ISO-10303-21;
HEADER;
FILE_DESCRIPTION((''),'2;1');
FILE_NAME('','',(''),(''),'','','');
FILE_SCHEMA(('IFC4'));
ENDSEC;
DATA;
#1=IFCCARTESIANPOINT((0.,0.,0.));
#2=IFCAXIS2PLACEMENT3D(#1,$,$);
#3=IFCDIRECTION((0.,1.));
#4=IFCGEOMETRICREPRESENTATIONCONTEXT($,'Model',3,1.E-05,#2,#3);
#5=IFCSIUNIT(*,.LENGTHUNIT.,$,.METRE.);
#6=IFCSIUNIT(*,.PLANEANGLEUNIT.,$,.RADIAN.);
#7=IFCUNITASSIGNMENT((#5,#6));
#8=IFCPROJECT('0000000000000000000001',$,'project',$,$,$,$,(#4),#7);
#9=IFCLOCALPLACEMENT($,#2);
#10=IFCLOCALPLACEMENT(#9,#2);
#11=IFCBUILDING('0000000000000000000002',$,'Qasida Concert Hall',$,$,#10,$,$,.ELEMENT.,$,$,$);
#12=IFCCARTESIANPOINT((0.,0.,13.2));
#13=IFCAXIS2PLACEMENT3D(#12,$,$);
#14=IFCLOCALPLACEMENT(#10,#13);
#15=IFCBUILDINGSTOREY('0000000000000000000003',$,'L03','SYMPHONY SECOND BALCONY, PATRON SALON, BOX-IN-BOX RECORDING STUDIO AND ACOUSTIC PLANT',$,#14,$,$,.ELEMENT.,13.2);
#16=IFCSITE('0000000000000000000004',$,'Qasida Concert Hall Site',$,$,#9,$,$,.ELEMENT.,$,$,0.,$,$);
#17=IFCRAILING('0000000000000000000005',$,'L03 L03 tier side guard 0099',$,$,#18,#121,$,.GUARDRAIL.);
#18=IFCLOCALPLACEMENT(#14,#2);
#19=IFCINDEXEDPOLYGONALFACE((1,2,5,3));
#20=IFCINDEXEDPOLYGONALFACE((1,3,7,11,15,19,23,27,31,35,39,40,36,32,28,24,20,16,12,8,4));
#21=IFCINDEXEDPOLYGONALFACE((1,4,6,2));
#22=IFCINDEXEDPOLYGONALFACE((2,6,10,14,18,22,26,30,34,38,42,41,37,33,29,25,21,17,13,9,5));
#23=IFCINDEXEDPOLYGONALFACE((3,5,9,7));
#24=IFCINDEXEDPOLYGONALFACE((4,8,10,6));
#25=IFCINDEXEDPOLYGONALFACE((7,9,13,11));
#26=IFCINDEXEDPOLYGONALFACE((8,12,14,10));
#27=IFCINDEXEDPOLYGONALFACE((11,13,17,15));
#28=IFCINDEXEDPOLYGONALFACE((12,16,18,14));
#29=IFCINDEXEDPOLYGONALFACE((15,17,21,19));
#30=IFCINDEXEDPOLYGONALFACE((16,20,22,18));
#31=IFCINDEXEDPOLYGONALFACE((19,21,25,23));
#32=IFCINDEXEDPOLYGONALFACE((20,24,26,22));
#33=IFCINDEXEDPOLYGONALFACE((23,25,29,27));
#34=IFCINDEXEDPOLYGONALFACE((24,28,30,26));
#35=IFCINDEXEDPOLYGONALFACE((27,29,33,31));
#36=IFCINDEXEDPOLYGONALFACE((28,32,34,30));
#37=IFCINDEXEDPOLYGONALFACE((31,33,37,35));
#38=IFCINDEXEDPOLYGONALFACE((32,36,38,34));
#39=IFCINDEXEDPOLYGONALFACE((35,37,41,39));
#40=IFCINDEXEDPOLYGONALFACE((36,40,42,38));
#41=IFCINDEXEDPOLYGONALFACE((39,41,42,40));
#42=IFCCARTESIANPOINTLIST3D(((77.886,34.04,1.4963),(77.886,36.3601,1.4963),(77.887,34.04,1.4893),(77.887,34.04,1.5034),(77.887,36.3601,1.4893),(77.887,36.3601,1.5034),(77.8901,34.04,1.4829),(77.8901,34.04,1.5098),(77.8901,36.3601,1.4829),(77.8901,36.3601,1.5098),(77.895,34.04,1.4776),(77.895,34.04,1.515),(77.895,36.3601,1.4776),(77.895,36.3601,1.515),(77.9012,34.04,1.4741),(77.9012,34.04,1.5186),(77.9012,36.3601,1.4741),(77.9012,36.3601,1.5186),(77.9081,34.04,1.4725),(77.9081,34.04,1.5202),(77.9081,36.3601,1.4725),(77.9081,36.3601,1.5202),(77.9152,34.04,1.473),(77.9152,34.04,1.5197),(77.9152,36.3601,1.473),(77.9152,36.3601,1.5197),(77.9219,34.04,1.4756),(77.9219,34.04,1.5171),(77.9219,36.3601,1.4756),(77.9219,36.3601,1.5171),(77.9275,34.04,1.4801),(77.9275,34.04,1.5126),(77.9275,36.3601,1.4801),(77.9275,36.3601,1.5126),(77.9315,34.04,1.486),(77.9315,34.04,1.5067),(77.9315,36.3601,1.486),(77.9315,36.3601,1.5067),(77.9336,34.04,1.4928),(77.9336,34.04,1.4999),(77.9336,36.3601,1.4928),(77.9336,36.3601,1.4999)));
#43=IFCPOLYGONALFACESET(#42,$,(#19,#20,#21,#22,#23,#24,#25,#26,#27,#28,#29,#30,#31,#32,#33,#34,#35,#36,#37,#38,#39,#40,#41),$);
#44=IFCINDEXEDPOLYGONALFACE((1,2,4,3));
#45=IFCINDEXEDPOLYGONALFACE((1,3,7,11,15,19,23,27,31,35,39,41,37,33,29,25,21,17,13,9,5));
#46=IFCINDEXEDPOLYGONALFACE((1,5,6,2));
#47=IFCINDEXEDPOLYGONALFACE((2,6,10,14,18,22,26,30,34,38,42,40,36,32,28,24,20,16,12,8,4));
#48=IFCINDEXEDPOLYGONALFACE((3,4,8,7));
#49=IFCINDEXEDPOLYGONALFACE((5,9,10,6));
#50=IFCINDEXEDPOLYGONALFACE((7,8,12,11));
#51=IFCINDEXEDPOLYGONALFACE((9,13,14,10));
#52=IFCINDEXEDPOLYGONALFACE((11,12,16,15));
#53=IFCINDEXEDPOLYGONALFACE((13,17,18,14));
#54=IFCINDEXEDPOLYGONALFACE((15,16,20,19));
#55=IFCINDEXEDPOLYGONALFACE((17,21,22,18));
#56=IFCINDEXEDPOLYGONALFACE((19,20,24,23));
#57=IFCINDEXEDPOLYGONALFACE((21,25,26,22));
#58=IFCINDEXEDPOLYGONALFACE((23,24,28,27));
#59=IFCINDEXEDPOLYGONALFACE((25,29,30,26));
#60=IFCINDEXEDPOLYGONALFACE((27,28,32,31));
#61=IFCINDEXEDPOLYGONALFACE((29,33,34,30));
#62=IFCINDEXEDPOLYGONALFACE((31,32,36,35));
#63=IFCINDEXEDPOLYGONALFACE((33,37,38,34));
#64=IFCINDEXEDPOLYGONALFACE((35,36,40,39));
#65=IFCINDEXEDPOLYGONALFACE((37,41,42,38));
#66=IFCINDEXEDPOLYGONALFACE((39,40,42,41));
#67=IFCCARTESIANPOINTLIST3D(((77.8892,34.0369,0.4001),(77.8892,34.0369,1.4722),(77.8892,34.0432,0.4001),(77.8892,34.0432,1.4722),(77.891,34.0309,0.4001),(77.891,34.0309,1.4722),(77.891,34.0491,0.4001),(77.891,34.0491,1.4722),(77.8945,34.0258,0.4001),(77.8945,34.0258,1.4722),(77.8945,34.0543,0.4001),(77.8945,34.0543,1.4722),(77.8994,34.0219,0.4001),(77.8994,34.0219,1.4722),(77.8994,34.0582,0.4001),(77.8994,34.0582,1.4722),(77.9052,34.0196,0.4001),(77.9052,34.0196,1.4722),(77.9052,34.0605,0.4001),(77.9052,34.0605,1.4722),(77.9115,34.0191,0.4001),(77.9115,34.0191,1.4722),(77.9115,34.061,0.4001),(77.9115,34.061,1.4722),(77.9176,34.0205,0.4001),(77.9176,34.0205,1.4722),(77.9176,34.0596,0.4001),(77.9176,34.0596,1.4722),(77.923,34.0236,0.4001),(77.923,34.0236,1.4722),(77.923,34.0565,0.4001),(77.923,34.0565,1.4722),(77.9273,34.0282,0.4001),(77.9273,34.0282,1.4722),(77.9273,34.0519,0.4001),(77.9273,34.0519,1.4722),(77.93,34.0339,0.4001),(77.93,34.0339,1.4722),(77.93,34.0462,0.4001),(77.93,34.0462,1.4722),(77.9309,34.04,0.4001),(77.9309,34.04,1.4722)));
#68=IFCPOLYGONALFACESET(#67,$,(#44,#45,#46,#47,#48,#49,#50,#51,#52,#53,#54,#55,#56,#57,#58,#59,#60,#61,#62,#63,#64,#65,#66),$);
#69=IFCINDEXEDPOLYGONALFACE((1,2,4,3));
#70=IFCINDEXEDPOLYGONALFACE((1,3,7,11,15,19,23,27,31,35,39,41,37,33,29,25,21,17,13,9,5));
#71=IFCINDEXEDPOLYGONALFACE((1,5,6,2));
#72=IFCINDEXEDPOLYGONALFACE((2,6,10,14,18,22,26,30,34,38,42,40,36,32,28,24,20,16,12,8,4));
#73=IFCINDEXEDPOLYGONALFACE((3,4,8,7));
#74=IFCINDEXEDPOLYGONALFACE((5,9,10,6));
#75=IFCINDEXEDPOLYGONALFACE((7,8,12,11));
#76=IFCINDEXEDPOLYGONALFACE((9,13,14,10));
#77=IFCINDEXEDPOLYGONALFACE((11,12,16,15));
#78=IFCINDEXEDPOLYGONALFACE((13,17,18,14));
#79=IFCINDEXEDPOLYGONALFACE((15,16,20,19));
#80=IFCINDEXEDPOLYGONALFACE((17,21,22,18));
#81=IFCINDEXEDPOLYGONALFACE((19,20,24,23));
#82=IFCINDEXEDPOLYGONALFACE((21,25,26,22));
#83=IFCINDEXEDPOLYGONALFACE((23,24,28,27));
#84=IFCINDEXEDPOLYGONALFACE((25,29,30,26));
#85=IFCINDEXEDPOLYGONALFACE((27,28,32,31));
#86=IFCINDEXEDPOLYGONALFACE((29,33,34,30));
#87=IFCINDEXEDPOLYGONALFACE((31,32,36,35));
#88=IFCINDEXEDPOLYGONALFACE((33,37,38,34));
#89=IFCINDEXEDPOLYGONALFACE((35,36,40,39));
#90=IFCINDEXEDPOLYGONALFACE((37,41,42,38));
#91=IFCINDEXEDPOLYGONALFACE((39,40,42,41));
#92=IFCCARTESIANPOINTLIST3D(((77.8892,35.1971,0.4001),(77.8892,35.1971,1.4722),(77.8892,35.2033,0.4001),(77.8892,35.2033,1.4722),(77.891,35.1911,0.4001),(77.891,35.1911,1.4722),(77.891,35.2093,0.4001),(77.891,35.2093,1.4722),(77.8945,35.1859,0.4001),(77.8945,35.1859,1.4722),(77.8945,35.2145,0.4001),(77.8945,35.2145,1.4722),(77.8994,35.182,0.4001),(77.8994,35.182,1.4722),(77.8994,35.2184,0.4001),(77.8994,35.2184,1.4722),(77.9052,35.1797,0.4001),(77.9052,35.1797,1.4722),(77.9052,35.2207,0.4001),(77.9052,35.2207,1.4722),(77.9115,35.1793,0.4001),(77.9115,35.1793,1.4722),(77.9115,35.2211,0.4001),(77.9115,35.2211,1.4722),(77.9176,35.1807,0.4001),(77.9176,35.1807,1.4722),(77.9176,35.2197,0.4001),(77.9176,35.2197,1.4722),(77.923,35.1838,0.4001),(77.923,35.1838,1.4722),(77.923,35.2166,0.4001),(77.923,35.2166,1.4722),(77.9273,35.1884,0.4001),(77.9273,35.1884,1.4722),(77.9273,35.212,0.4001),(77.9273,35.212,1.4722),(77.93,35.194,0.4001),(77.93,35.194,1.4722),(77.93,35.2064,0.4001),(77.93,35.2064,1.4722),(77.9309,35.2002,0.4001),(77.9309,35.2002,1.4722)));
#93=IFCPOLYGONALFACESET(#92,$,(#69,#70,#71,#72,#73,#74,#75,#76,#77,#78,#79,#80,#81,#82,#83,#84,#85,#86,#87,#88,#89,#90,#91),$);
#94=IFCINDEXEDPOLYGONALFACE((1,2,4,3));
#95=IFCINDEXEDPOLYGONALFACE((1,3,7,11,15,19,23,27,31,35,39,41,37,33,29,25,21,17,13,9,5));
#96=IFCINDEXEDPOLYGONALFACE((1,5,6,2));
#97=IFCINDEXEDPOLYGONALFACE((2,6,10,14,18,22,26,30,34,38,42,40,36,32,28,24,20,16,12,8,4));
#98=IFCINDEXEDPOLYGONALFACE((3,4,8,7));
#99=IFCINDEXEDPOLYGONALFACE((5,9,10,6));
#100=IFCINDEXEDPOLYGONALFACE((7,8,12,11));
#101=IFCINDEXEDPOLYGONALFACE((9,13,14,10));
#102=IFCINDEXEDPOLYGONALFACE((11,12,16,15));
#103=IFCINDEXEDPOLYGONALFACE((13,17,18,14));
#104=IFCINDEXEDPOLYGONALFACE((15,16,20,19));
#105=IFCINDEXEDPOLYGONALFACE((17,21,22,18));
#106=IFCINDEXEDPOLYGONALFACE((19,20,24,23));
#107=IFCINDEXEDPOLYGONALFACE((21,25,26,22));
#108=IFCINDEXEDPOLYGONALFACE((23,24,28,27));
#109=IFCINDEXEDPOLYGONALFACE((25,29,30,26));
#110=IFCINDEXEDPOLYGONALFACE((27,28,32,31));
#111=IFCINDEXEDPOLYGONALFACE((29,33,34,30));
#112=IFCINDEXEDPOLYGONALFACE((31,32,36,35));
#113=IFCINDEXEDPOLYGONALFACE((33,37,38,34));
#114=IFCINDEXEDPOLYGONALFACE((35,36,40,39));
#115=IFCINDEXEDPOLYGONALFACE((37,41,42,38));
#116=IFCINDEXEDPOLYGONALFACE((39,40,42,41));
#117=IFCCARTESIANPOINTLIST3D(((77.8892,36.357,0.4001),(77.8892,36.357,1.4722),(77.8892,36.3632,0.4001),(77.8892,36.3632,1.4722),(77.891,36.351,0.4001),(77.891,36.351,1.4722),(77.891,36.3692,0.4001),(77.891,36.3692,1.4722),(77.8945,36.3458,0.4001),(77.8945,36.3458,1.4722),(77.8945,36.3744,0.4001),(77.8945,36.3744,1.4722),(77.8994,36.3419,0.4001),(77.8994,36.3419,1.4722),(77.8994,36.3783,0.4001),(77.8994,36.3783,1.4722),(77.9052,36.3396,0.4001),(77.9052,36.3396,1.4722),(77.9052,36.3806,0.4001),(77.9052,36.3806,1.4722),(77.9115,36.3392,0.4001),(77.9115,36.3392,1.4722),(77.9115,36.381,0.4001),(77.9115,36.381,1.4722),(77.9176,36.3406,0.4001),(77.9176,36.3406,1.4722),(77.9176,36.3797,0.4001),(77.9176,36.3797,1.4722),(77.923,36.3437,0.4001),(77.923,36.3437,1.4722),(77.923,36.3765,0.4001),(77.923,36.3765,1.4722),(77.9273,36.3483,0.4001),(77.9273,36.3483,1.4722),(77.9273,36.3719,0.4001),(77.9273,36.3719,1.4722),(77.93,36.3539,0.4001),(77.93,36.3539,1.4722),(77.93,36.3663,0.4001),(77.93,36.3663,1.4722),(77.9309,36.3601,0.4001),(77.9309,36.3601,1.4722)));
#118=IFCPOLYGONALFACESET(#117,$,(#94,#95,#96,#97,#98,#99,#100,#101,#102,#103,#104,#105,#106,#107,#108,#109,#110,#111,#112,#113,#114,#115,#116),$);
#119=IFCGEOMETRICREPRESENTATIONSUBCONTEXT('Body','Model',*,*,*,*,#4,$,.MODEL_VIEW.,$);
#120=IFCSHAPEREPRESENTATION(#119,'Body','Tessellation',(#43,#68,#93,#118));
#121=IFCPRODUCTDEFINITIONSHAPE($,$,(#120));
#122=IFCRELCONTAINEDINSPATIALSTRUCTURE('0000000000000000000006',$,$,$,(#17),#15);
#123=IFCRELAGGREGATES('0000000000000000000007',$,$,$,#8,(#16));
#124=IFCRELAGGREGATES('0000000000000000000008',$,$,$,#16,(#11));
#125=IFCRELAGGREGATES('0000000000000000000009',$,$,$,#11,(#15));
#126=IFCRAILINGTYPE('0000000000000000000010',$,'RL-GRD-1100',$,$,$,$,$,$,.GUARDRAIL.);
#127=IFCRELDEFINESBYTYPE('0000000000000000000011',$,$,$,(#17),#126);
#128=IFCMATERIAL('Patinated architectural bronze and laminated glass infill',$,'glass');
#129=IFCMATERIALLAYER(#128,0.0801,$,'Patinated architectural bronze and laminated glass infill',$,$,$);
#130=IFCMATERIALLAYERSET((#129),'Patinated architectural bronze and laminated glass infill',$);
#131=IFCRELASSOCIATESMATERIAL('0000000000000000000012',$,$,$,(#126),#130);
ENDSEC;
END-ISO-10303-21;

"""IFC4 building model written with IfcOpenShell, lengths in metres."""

from ifc_helpers import new_model, si_unit, direction, frame, origin, origin_2d, place, context, subcontext, project, spatial, circle, extrude, material, layer, layer_set, type_object, element, save


model = new_model("IFC4")

# Units and contexts
model_context = context("Model", 3, precision=1e-05, world=origin(), true_north=direction((0.0, 1.0)))
body_context = subcontext(model_context, "Body", "Model", "MODEL_VIEW")
ifc_project = project(units=[si_unit("LENGTHUNIT", "METRE"), si_unit("PLANEANGLEUNIT", "RADIAN")], contexts=[model_context])

# Site, building, storey
site_placement = place(None, origin())
site = spatial("IfcSite", under=ifc_project, at=site_placement, Name="Qasida Concert Hall Site", CompositionType="ELEMENT", RefElevation=0.0)
building_placement = place(site_placement, origin())
building = spatial("IfcBuilding", under=site, at=building_placement, Name="Qasida Concert Hall", CompositionType="ELEMENT")
storey_placement = place(building_placement, frame((0.0, 0.0, 13.2)))
storey = spatial("IfcBuildingStorey", under=building, at=storey_placement, Name="L03", Description="SYMPHONY SECOND BALCONY, PATRON SALON, BOX-IN-BOX RECORDING STUDIO AND ACOUSTIC PLANT", CompositionType="ELEMENT", Elevation=13.2)

# Railing
ifc_material_1 = material(Name="Patinated architectural bronze and laminated glass infill", Category="glass")
ifc_layer_1 = layer(ifc_material_1, 0.0801, Name="Patinated architectural bronze and laminated glass infill")
ifc_layer_set_1 = layer_set([ifc_layer_1], Name="Patinated architectural bronze and laminated glass infill")
railing_type = type_object("IfcRailingType", Name="RL-GRD-1100", PredefinedType="GUARDRAIL", material=ifc_layer_set_1)
for number, where, name in (
    (1, (77.9099, 34.04, 0.4001), "L03 L03 tier side guard 0099"),
):
    element("IfcRailing", number, at=place(storey_placement, frame(where)), inside=storey, type_object=railing_type, Name=name, PredefinedType="GUARDRAIL", context=body_context, shape_type="SweptSolid", body=[
        extrude(circle(Radius=0.0239, at=origin_2d()), frame((0.0, 0.0, 1.0962), z_axis=(0.0, 1.0, 0.0), x_axis=(-1.0, 0.0, 0.0)), (0.0, 0.0, 1.0), 2.3201),
        extrude(circle(Radius=0.021, at=origin_2d()), origin(), (0.0, 0.0, 1.0), 1.072),
        extrude(circle(Radius=0.021, at=origin_2d()), frame((0.0, 1.1602, 0.0)), (0.0, 0.0, 1.0), 1.072),
        extrude(circle(Radius=0.021, at=origin_2d()), frame((0.0, 2.3201, 0.0)), (0.0, 0.0, 1.0), 1.072),
    ])

save(model, "model.ifc")
